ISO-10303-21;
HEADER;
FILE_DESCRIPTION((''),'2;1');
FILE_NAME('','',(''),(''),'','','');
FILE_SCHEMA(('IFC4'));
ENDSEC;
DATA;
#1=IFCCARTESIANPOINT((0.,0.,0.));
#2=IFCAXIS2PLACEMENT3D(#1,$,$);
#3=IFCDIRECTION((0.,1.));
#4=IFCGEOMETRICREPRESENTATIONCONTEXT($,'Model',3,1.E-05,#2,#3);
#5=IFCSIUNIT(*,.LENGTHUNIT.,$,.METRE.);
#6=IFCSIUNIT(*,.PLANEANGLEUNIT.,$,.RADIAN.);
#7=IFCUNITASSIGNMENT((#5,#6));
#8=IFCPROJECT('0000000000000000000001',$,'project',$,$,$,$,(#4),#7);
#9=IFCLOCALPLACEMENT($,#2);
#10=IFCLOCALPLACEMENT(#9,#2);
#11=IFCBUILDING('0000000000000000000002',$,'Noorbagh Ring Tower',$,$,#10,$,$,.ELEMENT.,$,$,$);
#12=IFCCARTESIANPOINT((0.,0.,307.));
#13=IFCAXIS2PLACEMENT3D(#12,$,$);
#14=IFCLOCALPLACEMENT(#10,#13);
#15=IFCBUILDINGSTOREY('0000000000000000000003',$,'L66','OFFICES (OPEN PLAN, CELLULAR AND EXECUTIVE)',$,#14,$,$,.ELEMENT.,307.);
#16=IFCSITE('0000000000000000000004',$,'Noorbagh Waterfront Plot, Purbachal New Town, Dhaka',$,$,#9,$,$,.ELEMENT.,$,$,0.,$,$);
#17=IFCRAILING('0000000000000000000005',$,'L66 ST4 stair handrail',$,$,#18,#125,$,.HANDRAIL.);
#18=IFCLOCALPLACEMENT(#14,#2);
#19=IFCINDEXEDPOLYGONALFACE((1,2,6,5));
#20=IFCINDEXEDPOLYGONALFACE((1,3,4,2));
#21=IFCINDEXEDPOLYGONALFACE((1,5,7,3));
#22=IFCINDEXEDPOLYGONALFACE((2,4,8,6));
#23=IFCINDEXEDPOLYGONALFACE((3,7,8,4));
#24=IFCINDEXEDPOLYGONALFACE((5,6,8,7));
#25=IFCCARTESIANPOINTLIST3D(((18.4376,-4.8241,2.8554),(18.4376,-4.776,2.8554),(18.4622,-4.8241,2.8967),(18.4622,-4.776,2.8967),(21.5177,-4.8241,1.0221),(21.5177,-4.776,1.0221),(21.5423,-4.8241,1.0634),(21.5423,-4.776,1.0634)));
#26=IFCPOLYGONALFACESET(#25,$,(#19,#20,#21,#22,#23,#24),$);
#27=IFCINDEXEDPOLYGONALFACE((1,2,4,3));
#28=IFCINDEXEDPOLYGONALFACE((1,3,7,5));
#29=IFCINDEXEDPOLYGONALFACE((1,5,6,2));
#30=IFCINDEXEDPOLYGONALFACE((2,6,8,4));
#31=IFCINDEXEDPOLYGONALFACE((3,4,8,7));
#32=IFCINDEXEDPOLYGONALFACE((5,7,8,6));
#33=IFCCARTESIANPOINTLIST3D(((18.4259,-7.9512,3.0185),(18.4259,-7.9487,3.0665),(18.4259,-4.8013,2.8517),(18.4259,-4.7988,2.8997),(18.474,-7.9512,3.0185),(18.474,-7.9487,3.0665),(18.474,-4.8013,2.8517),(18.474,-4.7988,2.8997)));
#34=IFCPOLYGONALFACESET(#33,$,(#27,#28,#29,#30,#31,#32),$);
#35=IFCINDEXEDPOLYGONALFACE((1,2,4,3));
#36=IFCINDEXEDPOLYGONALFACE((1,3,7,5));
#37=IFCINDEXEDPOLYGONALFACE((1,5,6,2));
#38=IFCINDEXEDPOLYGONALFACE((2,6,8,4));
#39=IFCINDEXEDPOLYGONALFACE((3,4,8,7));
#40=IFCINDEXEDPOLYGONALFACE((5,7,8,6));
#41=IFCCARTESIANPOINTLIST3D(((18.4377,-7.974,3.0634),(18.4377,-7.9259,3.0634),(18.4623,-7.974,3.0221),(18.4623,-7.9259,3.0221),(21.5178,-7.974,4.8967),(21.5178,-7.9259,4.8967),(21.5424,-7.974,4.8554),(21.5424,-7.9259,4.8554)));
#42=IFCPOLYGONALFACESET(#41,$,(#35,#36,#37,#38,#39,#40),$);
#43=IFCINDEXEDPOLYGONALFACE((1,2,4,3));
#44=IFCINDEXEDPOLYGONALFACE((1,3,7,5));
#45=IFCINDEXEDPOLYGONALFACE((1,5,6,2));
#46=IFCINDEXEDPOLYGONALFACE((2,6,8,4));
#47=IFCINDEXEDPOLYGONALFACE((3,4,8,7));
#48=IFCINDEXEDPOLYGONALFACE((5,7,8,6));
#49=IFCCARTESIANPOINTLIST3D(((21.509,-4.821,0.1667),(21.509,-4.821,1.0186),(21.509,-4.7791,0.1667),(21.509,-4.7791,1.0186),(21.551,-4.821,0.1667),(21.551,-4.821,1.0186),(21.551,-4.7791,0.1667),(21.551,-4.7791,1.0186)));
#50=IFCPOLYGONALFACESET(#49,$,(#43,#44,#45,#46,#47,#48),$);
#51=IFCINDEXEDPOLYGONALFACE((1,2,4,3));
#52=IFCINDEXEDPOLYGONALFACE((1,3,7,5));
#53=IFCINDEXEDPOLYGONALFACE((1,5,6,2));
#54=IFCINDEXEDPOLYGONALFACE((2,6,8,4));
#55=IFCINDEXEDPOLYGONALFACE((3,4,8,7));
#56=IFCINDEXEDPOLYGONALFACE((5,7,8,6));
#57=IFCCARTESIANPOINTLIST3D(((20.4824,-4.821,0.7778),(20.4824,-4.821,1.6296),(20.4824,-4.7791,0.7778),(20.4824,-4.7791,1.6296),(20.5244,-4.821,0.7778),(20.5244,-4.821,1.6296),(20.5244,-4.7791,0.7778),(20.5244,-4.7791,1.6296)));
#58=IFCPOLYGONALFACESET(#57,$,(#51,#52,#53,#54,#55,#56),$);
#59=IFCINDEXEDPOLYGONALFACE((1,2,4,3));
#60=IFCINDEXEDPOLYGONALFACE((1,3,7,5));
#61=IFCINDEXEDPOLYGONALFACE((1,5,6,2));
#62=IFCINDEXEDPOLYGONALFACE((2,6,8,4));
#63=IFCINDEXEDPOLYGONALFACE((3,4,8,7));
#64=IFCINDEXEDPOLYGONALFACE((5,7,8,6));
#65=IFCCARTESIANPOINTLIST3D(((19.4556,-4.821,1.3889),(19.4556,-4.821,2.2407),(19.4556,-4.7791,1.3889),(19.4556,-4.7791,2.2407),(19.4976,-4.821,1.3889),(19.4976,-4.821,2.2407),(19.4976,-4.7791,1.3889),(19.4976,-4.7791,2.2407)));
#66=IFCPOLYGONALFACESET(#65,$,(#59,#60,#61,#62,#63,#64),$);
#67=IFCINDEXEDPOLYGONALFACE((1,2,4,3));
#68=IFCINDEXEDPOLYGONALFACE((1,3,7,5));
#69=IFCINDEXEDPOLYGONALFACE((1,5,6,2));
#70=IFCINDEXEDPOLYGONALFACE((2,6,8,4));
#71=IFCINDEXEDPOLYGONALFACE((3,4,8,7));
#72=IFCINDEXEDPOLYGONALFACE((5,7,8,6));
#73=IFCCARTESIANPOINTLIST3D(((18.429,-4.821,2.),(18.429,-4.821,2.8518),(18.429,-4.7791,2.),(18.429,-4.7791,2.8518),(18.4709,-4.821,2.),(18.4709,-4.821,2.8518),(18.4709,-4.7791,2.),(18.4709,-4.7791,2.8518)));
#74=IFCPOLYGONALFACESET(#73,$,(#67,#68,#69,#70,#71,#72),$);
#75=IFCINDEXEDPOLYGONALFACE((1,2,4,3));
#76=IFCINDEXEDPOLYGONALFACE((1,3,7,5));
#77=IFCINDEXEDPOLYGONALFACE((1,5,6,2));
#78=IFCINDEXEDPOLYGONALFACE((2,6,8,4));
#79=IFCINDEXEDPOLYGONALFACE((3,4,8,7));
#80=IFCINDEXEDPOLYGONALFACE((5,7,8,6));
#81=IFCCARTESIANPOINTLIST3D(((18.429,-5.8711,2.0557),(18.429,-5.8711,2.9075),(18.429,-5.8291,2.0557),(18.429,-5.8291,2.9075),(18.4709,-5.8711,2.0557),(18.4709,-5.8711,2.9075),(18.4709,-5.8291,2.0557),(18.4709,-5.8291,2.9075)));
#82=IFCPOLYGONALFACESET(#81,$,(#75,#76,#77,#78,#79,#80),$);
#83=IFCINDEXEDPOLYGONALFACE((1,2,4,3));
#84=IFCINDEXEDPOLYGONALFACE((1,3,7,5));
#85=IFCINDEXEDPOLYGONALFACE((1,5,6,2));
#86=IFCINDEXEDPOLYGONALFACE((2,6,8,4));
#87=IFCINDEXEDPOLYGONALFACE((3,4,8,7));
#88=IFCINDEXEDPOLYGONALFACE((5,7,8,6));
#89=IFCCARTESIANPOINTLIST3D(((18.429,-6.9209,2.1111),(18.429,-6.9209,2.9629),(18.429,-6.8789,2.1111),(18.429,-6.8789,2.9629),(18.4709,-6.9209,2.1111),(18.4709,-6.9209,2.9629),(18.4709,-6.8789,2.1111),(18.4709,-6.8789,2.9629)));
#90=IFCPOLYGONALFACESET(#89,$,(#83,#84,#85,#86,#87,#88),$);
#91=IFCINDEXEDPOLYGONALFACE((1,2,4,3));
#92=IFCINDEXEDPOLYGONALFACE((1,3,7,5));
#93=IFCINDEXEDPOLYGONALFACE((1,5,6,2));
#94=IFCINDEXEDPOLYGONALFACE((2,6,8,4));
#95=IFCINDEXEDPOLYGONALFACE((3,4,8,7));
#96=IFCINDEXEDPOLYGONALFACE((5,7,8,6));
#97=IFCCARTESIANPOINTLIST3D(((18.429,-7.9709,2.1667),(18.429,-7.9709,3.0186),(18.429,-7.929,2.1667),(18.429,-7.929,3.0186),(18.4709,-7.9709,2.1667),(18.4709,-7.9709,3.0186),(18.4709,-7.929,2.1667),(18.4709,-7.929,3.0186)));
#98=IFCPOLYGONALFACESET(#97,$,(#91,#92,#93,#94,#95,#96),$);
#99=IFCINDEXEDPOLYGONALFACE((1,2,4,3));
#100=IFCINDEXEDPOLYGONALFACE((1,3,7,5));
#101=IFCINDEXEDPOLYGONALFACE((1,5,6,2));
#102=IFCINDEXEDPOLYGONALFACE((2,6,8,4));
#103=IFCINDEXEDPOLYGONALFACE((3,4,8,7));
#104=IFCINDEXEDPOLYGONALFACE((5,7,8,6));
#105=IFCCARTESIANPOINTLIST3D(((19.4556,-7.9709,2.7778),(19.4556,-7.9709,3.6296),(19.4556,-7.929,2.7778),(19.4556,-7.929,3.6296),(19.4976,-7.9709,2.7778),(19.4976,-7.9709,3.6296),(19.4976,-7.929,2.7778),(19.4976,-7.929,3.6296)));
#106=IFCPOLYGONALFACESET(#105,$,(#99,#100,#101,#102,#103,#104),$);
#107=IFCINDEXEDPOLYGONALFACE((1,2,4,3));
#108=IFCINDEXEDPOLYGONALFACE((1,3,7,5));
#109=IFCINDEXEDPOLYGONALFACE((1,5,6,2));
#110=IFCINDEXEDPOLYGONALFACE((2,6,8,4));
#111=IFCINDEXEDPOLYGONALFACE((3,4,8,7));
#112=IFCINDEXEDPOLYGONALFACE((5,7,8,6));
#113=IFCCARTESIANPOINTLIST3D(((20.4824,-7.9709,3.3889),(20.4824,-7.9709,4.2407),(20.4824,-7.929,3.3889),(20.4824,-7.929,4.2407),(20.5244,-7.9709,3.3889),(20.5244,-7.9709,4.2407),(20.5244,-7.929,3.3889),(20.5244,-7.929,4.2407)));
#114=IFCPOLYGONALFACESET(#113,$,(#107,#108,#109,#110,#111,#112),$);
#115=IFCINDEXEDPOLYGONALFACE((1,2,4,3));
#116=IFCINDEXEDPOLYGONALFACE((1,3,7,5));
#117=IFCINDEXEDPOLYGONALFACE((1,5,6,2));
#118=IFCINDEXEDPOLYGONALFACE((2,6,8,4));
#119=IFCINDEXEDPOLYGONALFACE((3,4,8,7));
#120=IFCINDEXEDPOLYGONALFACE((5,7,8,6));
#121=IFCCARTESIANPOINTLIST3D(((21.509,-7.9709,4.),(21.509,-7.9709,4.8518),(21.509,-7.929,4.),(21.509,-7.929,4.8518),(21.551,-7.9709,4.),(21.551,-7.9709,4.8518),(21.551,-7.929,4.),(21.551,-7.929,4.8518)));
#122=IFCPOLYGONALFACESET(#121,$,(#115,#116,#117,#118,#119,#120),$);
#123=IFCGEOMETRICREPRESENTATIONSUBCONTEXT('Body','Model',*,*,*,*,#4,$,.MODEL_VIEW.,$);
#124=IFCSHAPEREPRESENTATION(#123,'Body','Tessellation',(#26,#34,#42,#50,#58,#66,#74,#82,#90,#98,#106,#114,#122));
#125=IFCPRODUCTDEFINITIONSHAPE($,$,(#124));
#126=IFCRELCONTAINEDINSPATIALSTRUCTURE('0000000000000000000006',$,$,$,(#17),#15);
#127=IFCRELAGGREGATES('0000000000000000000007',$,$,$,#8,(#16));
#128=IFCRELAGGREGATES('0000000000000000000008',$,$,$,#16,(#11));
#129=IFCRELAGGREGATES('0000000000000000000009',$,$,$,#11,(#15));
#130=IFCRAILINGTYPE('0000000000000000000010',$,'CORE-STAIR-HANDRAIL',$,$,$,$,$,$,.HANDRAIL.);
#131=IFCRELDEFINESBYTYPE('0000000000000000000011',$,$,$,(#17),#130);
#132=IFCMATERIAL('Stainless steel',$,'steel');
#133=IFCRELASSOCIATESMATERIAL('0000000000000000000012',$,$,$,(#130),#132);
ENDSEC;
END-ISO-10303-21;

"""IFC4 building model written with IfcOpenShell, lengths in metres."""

from ifc_helpers import new_model, si_unit, direction, frame, origin, origin_2d, place, context, subcontext, project, spatial, rectangle, extrude, material, type_object, element, save


model = new_model("IFC4")

# Units and contexts
model_context = context("Model", 3, precision=1e-05, world=origin(), true_north=direction((0.0, 1.0)))
body_context = subcontext(model_context, "Body", "Model", "MODEL_VIEW")
ifc_project = project(units=[si_unit("LENGTHUNIT", "METRE"), si_unit("PLANEANGLEUNIT", "RADIAN")], contexts=[model_context])

# Site, building, storey
site_placement = place(None, origin())
site = spatial("IfcSite", under=ifc_project, at=site_placement, Name="Noorbagh Waterfront Plot, Purbachal New Town, Dhaka", CompositionType="ELEMENT", RefElevation=0.0)
building_placement = place(site_placement, origin())
building = spatial("IfcBuilding", under=site, at=building_placement, Name="Noorbagh Ring Tower", CompositionType="ELEMENT")
storey_placement = place(building_placement, frame((0.0, 0.0, 307.0)))
storey = spatial("IfcBuildingStorey", under=building, at=storey_placement, Name="L66", Description="OFFICES (OPEN PLAN, CELLULAR AND EXECUTIVE)", CompositionType="ELEMENT", Elevation=307.0)

# Railing
ifc_material_1 = material(Name="Stainless steel", Category="steel")
railing_type_1 = type_object("IfcRailingType", Name="CORE-STAIR-HANDRAIL", PredefinedType="HANDRAIL", material=ifc_material_1)
railing_1_placement = place(storey_placement, frame((21.53, -4.8, 0.1667)))
element("IfcRailing", 1, at=railing_1_placement, inside=storey, type_object=railing_type_1, Name="L66 ST4 stair handrail", PredefinedType="HANDRAIL", context=body_context, shape_type="SweptSolid", body=[
    extrude(rectangle(XDim=0.0481, YDim=0.0481, at=origin_2d()), frame((0.0, 0.0, 0.876), z_axis=(-0.859309, 0.0, 0.511458), x_axis=(0.0, -1.0, 0.0)), (0.0, 0.0, 1.0), 3.5845),
    extrude(rectangle(XDim=0.0481, YDim=0.0481, at=origin_2d()), frame((-3.0801, 0.0, 2.709), z_axis=(0.0, -0.998602, 0.052864), x_axis=(1.0, 0.0, 0.0)), (0.0, 0.0, 1.0), 3.1543),
    extrude(rectangle(XDim=0.0481, YDim=0.0481, at=origin_2d()), frame((-3.0801, -3.1499, 2.876), z_axis=(0.859309, 0.0, 0.511458), x_axis=(0.0, 1.0, 0.0)), (0.0, 0.0, 1.0), 3.5845),
    extrude(rectangle(XDim=0.042, YDim=0.042, at=origin_2d()), origin(), (0.0, 0.0, 1.0), 0.8518),
    extrude(rectangle(XDim=0.042, YDim=0.042, at=origin_2d()), frame((-1.0266, 0.0, 0.6111)), (0.0, 0.0, 1.0), 0.8518),
    extrude(rectangle(XDim=0.042, YDim=0.042, at=origin_2d()), frame((-2.0535, 0.0, 1.2222)), (0.0, 0.0, 1.0), 0.8518),
    extrude(rectangle(XDim=0.042, YDim=0.042, at=origin_2d()), frame((-3.0801, 0.0, 1.8333)), (0.0, 0.0, 1.0), 0.8518),
    extrude(rectangle(XDim=0.042, YDim=0.042, at=origin_2d()), frame((-3.0801, -1.05, 1.8889)), (0.0, 0.0, 1.0), 0.8518),
    extrude(rectangle(XDim=0.042, YDim=0.042, at=origin_2d()), frame((-3.0801, -2.0999, 1.9443)), (0.0, 0.0, 1.0), 0.8518),
    extrude(rectangle(XDim=0.042, YDim=0.042, at=origin_2d()), frame((-3.0801, -3.1499, 2.0)), (0.0, 0.0, 1.0), 0.8518),
    extrude(rectangle(XDim=0.042, YDim=0.042, at=origin_2d()), frame((-2.0535, -3.1499, 2.6111)), (0.0, 0.0, 1.0), 0.8518),
    extrude(rectangle(XDim=0.042, YDim=0.042, at=origin_2d()), frame((-1.0266, -3.1499, 3.2222)), (0.0, 0.0, 1.0), 0.8518),
    extrude(rectangle(XDim=0.042, YDim=0.042, at=origin_2d()), frame((0.0, -3.1499, 3.8333)), (0.0, 0.0, 1.0), 0.8518),
])

save(model, "model.ifc")
